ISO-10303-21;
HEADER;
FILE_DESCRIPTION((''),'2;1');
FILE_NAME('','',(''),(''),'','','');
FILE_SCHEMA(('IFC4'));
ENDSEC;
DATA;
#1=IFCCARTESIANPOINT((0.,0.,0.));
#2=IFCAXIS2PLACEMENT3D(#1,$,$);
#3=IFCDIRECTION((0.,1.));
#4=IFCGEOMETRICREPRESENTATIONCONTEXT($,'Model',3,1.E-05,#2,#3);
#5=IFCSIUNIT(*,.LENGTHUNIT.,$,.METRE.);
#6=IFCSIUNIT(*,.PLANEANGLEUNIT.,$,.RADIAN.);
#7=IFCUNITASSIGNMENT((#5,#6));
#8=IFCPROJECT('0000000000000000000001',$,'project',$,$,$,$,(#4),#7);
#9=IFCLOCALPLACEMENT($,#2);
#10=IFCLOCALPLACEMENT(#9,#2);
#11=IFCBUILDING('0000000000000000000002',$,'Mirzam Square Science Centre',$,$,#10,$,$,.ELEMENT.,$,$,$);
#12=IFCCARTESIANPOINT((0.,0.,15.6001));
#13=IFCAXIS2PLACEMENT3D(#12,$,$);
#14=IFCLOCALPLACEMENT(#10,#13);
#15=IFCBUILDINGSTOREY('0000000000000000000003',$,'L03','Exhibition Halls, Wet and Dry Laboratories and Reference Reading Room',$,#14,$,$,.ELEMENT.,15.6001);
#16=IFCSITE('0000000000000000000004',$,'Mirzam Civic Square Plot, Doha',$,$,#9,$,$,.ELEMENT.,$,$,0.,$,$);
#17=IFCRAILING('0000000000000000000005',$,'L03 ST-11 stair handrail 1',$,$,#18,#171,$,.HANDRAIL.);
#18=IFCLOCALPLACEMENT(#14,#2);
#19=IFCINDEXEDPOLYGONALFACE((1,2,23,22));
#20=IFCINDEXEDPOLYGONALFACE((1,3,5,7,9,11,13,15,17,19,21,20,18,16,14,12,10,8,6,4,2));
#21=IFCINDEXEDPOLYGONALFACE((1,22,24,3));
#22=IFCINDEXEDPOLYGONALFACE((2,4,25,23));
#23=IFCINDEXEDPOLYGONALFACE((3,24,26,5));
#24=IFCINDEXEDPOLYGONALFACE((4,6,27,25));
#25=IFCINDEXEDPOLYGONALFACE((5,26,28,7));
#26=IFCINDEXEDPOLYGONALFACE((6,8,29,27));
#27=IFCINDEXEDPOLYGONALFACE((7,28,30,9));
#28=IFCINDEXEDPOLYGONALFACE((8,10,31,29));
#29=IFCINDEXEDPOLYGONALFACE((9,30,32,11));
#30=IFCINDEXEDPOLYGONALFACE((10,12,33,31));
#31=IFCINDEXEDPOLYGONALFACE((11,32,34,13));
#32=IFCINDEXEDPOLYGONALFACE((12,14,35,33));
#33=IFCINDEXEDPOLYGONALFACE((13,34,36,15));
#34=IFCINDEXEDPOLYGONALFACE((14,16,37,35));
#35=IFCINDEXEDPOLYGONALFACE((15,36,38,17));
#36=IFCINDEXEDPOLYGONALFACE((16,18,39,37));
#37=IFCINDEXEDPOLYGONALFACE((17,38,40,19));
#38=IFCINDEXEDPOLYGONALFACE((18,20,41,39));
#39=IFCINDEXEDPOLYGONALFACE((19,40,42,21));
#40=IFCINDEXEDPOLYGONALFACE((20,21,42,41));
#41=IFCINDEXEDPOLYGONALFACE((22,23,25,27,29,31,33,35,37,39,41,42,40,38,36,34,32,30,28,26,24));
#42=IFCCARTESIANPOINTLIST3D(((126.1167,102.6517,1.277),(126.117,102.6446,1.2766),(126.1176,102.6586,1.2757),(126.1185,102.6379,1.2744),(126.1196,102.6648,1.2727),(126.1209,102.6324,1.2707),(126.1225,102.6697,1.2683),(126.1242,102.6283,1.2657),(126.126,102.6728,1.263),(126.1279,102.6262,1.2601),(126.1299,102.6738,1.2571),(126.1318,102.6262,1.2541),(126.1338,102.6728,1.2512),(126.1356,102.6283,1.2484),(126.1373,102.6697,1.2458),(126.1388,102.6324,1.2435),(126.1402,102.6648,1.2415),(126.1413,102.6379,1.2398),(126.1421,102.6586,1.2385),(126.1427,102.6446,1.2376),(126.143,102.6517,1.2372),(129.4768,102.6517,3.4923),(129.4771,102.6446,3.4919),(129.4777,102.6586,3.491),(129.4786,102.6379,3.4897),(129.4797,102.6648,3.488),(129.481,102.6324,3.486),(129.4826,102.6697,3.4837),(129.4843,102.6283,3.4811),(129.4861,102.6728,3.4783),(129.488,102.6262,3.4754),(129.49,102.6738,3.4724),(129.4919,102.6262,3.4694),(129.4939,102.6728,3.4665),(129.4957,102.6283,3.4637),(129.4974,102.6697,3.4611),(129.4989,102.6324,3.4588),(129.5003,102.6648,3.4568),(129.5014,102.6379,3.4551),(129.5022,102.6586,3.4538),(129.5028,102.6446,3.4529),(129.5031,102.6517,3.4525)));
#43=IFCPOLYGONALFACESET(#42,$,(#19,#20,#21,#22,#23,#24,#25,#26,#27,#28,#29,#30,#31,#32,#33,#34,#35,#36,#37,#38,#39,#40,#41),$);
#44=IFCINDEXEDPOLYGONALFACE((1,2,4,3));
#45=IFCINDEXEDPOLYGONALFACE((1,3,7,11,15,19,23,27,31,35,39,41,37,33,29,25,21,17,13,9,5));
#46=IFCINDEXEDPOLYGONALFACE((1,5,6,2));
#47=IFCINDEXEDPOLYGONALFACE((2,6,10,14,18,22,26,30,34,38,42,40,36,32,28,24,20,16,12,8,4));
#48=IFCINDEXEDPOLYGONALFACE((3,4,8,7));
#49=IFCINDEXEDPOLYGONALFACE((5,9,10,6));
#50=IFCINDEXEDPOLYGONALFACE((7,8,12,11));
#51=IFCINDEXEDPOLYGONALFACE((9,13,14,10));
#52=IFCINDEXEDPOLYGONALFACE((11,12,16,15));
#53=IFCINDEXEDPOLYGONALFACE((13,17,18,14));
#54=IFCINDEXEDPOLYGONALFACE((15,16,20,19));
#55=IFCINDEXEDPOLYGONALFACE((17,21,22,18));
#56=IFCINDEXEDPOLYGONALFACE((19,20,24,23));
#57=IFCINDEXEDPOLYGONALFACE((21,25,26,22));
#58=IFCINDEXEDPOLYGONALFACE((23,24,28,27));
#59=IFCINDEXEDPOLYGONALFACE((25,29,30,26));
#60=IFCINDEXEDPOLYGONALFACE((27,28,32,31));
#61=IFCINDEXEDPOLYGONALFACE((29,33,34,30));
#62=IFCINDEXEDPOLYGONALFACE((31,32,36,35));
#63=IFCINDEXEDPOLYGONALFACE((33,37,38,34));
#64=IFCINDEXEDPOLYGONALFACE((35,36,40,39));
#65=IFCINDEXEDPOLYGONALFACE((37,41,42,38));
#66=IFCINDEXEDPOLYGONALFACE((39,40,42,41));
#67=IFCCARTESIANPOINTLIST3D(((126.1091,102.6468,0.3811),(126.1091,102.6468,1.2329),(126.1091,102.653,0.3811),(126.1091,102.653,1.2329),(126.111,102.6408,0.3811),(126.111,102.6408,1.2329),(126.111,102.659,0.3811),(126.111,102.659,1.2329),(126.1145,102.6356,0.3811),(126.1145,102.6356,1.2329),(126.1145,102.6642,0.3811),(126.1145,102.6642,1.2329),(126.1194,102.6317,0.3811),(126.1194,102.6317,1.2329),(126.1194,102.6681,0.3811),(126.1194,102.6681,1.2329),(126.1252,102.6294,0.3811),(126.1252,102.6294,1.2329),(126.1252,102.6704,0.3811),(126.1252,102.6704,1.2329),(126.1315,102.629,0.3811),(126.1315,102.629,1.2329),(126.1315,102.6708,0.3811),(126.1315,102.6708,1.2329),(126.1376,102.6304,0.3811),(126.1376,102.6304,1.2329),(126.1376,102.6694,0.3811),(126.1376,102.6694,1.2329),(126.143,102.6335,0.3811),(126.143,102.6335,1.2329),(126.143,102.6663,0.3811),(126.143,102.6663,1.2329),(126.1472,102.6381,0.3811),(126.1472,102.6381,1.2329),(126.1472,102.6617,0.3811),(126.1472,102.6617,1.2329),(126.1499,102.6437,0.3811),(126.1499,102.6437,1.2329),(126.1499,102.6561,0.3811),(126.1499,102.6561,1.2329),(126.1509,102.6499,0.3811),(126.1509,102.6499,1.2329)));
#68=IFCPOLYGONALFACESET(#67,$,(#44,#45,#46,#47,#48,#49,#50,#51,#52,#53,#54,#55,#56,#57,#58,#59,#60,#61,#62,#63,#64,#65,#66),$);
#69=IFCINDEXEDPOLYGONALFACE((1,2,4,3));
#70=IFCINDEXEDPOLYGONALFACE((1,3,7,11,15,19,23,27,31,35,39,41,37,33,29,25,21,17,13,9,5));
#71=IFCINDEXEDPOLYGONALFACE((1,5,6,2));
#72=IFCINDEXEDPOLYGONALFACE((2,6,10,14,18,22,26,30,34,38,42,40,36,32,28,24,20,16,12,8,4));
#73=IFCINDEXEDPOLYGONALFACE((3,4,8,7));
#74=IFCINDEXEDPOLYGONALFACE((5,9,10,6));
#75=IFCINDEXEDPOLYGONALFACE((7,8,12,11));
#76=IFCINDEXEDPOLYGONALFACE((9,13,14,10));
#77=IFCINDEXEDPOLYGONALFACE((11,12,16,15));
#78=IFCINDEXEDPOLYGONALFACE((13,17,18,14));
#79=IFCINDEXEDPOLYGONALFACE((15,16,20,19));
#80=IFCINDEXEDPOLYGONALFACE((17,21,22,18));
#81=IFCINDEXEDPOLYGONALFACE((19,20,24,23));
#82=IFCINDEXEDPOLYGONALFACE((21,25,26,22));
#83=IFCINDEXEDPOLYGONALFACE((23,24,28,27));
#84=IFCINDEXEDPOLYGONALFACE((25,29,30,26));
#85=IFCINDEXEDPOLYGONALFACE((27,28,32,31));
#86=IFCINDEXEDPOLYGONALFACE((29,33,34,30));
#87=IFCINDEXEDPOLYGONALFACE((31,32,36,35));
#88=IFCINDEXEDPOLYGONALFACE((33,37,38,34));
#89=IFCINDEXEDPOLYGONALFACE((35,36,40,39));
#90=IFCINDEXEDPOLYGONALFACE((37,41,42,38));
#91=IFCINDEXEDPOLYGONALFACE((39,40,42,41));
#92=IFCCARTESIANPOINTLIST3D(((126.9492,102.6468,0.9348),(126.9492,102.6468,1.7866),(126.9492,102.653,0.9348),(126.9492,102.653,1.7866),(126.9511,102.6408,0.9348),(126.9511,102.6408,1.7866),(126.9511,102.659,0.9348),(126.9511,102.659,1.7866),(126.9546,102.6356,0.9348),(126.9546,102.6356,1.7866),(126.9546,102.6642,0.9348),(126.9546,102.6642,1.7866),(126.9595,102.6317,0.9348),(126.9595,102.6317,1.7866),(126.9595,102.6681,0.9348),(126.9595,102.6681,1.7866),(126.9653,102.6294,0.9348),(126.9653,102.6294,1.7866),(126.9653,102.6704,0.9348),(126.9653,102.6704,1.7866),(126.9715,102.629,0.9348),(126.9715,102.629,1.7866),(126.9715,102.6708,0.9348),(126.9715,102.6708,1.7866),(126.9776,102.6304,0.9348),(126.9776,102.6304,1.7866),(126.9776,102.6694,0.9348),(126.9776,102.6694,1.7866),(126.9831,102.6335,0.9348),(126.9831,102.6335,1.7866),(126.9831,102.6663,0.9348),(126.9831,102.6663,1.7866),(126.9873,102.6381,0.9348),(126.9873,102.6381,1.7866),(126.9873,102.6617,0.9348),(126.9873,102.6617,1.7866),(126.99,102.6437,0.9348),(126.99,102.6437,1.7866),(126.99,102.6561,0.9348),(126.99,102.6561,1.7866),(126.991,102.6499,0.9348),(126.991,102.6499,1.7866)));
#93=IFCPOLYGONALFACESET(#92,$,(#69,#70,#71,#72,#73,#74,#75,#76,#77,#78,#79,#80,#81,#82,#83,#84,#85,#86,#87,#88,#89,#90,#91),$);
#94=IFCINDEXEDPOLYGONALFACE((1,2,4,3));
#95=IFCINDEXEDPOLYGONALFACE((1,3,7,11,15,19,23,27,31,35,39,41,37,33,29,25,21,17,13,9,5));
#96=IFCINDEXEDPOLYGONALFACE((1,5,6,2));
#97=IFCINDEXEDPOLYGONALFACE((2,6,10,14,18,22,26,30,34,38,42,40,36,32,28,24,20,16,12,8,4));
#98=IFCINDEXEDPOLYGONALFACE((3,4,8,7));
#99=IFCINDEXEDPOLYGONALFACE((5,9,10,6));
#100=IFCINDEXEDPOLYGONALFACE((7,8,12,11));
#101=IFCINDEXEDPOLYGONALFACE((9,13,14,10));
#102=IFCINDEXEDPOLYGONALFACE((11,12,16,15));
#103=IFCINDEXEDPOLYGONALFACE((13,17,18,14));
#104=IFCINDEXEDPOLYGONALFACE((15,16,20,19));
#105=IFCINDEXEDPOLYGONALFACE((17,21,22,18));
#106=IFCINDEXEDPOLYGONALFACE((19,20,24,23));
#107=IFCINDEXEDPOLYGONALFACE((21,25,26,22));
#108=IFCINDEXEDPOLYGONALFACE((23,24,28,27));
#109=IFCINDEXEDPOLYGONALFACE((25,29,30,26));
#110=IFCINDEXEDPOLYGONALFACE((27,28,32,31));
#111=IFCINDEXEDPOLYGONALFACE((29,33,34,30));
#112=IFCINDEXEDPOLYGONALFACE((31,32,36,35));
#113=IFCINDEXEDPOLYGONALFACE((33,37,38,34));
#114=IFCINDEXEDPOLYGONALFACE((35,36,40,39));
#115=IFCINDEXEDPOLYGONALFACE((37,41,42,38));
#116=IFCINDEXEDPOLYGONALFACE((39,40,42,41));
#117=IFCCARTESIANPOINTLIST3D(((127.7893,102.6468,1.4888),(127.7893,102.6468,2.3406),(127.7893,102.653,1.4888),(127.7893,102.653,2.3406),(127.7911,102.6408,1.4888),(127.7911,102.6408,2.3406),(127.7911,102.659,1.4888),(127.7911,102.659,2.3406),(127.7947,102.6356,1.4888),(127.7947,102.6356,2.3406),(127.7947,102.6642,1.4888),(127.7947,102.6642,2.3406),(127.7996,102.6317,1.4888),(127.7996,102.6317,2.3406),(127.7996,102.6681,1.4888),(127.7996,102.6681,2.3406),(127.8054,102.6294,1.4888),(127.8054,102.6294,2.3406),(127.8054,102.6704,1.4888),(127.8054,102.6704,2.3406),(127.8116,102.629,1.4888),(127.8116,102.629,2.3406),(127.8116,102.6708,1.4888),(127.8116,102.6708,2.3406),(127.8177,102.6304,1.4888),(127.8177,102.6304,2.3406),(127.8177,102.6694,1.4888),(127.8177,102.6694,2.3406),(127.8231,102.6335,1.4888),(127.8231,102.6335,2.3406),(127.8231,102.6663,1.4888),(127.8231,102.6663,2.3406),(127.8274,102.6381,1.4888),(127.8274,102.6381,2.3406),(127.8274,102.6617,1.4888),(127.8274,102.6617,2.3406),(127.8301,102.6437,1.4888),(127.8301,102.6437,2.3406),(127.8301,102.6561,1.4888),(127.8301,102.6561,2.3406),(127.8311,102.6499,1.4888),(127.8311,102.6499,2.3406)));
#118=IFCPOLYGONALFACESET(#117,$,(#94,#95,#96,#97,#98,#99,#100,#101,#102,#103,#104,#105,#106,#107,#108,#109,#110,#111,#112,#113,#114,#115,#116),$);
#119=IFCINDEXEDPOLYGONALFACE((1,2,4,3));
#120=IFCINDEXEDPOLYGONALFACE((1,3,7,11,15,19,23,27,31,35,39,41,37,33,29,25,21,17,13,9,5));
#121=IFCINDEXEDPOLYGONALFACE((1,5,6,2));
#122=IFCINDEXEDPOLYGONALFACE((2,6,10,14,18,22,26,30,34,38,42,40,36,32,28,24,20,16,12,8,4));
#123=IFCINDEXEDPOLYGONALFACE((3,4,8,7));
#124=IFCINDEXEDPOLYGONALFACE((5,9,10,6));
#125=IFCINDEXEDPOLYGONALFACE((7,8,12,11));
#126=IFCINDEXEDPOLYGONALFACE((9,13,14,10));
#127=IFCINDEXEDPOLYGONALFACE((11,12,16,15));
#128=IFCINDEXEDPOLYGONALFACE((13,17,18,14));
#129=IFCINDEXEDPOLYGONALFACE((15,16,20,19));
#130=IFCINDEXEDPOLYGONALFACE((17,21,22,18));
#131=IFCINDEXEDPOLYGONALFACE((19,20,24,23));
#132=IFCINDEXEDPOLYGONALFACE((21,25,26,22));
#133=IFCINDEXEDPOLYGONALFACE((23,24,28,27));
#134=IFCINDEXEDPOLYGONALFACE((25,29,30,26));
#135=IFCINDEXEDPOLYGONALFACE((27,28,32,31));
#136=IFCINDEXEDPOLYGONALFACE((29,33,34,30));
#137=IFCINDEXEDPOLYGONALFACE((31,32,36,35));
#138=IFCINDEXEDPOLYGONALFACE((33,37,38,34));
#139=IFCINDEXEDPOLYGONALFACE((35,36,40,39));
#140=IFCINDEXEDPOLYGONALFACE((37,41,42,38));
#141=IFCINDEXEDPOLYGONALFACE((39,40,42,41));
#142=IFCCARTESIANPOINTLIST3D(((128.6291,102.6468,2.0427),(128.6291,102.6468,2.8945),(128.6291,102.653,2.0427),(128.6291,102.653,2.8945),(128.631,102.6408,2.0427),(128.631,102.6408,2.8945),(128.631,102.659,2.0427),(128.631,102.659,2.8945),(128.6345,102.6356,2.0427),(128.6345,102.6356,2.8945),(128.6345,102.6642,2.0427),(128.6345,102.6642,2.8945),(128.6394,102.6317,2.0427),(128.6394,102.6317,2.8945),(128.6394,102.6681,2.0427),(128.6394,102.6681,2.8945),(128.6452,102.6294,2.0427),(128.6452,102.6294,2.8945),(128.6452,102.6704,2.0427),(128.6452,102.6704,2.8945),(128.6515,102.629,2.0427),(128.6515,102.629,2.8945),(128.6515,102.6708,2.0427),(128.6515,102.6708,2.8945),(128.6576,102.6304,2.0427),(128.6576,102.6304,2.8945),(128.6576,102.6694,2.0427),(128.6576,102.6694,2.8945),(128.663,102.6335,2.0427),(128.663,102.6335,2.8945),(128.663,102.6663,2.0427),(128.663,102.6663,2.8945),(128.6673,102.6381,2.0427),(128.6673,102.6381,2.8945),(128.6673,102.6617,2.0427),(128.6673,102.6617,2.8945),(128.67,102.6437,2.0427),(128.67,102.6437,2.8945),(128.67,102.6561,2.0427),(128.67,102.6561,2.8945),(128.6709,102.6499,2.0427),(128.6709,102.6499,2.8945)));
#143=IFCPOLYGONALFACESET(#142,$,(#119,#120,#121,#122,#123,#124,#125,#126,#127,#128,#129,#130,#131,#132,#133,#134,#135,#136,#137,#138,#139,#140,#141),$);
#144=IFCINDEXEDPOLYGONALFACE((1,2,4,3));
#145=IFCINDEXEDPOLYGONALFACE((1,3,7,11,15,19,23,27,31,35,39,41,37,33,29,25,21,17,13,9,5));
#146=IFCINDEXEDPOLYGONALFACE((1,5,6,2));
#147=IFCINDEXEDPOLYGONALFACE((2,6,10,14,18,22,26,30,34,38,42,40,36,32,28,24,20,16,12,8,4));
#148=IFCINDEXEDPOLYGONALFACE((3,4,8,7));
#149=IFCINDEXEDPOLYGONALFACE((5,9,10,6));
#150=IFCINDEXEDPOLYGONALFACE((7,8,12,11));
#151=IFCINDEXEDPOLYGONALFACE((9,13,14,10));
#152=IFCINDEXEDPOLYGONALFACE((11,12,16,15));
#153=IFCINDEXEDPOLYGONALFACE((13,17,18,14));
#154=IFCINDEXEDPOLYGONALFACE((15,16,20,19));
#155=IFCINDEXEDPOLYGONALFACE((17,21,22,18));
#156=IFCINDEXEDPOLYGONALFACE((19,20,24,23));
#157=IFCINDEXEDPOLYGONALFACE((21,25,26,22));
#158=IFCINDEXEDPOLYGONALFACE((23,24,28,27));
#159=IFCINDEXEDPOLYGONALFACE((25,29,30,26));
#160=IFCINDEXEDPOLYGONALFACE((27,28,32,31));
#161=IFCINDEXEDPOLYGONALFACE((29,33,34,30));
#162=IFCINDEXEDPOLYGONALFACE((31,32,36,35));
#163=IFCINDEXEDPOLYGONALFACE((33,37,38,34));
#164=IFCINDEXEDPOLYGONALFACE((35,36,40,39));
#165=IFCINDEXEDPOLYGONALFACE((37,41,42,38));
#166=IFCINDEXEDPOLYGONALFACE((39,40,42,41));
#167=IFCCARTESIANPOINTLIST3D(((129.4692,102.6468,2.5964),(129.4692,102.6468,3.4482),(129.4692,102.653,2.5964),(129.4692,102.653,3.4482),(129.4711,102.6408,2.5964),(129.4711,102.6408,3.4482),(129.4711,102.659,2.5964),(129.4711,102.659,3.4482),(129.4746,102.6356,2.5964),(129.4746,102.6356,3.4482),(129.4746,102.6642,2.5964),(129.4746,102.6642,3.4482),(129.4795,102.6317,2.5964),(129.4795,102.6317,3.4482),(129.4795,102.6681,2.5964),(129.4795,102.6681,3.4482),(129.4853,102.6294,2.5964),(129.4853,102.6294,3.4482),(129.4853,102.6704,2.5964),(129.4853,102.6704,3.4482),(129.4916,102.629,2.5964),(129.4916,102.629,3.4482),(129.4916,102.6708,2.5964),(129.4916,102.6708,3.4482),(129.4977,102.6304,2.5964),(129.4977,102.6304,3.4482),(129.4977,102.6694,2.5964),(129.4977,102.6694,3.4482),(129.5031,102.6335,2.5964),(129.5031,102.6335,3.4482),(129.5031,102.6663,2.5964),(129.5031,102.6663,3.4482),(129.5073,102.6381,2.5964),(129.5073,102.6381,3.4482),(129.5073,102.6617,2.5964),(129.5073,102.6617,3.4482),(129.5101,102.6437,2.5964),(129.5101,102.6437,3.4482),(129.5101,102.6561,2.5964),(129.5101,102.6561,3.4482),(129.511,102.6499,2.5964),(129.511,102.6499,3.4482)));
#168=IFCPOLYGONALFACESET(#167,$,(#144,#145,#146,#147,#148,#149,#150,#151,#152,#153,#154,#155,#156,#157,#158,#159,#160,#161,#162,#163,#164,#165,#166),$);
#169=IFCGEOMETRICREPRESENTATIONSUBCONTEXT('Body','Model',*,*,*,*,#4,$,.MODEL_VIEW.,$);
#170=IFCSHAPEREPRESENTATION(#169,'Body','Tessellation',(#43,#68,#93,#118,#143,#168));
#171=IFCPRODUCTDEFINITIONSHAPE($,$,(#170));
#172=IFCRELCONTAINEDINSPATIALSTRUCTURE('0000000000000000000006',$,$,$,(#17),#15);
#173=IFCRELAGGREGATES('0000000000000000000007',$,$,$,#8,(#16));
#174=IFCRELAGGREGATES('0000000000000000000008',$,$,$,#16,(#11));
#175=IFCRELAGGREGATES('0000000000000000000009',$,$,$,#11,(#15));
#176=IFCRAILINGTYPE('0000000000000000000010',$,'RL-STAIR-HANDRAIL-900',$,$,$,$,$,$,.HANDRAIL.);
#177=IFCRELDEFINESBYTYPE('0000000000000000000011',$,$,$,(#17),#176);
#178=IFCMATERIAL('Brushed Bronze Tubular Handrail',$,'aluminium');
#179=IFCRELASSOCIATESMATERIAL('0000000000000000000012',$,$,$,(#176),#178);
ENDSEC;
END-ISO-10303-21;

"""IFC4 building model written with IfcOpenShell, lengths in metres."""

from ifc_helpers import new_model, si_unit, direction, frame, origin, origin_2d, place, context, subcontext, project, spatial, circle, extrude, material, type_object, element, save


model = new_model("IFC4")

# Units and contexts
model_context = context("Model", 3, precision=1e-05, world=origin(), true_north=direction((0.0, 1.0)))
body_context = subcontext(model_context, "Body", "Model", "MODEL_VIEW")
ifc_project = project(units=[si_unit("LENGTHUNIT", "METRE"), si_unit("PLANEANGLEUNIT", "RADIAN")], contexts=[model_context])

# Site, building, storey
site_placement = place(None, origin())
site = spatial("IfcSite", under=ifc_project, at=site_placement, Name="Mirzam Civic Square Plot, Doha", CompositionType="ELEMENT", RefElevation=0.0)
building_placement = place(site_placement, origin())
building = spatial("IfcBuilding", under=site, at=building_placement, Name="Mirzam Square Science Centre", CompositionType="ELEMENT")
storey_placement = place(building_placement, frame((0.0, 0.0, 15.6001)))
storey = spatial("IfcBuildingStorey", under=building, at=storey_placement, Name="L03", Description="Exhibition Halls, Wet and Dry Laboratories and Reference Reading Room", CompositionType="ELEMENT", Elevation=15.6001)

# Railing
ifc_material_1 = material(Name="Brushed Bronze Tubular Handrail", Category="aluminium")
railing_type_1 = type_object("IfcRailingType", Name="RL-STAIR-HANDRAIL-900", PredefinedType="HANDRAIL", material=ifc_material_1)
railing_1_placement = place(storey_placement, frame((126.1299, 102.6499, 0.3811)))
element("IfcRailing", 1, at=railing_1_placement, inside=storey, type_object=railing_type_1, Name="L03 ST-11 stair handrail 1", PredefinedType="HANDRAIL", context=body_context, shape_type="SweptSolid", body=[
    extrude(circle(Radius=0.0239, at=origin_2d()), frame((0.0, 0.0, 0.876), z_axis=(0.834876, 0.0, 0.550437), x_axis=(0.0, 1.0, 0.0)), (0.0, 0.0, 1.0), 4.0247),
    extrude(circle(Radius=0.021, at=origin_2d()), origin(), (0.0, 0.0, 1.0), 0.8518),
    extrude(circle(Radius=0.021, at=origin_2d()), frame((0.8401, 0.0, 0.5537)), (0.0, 0.0, 1.0), 0.8518),
    extrude(circle(Radius=0.021, at=origin_2d()), frame((1.6802, 0.0, 1.1077)), (0.0, 0.0, 1.0), 0.8518),
    extrude(circle(Radius=0.021, at=origin_2d()), frame((2.52, 0.0, 1.6616)), (0.0, 0.0, 1.0), 0.8518),
    extrude(circle(Radius=0.021, at=origin_2d()), frame((3.3601, 0.0, 2.2153)), (0.0, 0.0, 1.0), 0.8518),
])

save(model, "model.ifc")
